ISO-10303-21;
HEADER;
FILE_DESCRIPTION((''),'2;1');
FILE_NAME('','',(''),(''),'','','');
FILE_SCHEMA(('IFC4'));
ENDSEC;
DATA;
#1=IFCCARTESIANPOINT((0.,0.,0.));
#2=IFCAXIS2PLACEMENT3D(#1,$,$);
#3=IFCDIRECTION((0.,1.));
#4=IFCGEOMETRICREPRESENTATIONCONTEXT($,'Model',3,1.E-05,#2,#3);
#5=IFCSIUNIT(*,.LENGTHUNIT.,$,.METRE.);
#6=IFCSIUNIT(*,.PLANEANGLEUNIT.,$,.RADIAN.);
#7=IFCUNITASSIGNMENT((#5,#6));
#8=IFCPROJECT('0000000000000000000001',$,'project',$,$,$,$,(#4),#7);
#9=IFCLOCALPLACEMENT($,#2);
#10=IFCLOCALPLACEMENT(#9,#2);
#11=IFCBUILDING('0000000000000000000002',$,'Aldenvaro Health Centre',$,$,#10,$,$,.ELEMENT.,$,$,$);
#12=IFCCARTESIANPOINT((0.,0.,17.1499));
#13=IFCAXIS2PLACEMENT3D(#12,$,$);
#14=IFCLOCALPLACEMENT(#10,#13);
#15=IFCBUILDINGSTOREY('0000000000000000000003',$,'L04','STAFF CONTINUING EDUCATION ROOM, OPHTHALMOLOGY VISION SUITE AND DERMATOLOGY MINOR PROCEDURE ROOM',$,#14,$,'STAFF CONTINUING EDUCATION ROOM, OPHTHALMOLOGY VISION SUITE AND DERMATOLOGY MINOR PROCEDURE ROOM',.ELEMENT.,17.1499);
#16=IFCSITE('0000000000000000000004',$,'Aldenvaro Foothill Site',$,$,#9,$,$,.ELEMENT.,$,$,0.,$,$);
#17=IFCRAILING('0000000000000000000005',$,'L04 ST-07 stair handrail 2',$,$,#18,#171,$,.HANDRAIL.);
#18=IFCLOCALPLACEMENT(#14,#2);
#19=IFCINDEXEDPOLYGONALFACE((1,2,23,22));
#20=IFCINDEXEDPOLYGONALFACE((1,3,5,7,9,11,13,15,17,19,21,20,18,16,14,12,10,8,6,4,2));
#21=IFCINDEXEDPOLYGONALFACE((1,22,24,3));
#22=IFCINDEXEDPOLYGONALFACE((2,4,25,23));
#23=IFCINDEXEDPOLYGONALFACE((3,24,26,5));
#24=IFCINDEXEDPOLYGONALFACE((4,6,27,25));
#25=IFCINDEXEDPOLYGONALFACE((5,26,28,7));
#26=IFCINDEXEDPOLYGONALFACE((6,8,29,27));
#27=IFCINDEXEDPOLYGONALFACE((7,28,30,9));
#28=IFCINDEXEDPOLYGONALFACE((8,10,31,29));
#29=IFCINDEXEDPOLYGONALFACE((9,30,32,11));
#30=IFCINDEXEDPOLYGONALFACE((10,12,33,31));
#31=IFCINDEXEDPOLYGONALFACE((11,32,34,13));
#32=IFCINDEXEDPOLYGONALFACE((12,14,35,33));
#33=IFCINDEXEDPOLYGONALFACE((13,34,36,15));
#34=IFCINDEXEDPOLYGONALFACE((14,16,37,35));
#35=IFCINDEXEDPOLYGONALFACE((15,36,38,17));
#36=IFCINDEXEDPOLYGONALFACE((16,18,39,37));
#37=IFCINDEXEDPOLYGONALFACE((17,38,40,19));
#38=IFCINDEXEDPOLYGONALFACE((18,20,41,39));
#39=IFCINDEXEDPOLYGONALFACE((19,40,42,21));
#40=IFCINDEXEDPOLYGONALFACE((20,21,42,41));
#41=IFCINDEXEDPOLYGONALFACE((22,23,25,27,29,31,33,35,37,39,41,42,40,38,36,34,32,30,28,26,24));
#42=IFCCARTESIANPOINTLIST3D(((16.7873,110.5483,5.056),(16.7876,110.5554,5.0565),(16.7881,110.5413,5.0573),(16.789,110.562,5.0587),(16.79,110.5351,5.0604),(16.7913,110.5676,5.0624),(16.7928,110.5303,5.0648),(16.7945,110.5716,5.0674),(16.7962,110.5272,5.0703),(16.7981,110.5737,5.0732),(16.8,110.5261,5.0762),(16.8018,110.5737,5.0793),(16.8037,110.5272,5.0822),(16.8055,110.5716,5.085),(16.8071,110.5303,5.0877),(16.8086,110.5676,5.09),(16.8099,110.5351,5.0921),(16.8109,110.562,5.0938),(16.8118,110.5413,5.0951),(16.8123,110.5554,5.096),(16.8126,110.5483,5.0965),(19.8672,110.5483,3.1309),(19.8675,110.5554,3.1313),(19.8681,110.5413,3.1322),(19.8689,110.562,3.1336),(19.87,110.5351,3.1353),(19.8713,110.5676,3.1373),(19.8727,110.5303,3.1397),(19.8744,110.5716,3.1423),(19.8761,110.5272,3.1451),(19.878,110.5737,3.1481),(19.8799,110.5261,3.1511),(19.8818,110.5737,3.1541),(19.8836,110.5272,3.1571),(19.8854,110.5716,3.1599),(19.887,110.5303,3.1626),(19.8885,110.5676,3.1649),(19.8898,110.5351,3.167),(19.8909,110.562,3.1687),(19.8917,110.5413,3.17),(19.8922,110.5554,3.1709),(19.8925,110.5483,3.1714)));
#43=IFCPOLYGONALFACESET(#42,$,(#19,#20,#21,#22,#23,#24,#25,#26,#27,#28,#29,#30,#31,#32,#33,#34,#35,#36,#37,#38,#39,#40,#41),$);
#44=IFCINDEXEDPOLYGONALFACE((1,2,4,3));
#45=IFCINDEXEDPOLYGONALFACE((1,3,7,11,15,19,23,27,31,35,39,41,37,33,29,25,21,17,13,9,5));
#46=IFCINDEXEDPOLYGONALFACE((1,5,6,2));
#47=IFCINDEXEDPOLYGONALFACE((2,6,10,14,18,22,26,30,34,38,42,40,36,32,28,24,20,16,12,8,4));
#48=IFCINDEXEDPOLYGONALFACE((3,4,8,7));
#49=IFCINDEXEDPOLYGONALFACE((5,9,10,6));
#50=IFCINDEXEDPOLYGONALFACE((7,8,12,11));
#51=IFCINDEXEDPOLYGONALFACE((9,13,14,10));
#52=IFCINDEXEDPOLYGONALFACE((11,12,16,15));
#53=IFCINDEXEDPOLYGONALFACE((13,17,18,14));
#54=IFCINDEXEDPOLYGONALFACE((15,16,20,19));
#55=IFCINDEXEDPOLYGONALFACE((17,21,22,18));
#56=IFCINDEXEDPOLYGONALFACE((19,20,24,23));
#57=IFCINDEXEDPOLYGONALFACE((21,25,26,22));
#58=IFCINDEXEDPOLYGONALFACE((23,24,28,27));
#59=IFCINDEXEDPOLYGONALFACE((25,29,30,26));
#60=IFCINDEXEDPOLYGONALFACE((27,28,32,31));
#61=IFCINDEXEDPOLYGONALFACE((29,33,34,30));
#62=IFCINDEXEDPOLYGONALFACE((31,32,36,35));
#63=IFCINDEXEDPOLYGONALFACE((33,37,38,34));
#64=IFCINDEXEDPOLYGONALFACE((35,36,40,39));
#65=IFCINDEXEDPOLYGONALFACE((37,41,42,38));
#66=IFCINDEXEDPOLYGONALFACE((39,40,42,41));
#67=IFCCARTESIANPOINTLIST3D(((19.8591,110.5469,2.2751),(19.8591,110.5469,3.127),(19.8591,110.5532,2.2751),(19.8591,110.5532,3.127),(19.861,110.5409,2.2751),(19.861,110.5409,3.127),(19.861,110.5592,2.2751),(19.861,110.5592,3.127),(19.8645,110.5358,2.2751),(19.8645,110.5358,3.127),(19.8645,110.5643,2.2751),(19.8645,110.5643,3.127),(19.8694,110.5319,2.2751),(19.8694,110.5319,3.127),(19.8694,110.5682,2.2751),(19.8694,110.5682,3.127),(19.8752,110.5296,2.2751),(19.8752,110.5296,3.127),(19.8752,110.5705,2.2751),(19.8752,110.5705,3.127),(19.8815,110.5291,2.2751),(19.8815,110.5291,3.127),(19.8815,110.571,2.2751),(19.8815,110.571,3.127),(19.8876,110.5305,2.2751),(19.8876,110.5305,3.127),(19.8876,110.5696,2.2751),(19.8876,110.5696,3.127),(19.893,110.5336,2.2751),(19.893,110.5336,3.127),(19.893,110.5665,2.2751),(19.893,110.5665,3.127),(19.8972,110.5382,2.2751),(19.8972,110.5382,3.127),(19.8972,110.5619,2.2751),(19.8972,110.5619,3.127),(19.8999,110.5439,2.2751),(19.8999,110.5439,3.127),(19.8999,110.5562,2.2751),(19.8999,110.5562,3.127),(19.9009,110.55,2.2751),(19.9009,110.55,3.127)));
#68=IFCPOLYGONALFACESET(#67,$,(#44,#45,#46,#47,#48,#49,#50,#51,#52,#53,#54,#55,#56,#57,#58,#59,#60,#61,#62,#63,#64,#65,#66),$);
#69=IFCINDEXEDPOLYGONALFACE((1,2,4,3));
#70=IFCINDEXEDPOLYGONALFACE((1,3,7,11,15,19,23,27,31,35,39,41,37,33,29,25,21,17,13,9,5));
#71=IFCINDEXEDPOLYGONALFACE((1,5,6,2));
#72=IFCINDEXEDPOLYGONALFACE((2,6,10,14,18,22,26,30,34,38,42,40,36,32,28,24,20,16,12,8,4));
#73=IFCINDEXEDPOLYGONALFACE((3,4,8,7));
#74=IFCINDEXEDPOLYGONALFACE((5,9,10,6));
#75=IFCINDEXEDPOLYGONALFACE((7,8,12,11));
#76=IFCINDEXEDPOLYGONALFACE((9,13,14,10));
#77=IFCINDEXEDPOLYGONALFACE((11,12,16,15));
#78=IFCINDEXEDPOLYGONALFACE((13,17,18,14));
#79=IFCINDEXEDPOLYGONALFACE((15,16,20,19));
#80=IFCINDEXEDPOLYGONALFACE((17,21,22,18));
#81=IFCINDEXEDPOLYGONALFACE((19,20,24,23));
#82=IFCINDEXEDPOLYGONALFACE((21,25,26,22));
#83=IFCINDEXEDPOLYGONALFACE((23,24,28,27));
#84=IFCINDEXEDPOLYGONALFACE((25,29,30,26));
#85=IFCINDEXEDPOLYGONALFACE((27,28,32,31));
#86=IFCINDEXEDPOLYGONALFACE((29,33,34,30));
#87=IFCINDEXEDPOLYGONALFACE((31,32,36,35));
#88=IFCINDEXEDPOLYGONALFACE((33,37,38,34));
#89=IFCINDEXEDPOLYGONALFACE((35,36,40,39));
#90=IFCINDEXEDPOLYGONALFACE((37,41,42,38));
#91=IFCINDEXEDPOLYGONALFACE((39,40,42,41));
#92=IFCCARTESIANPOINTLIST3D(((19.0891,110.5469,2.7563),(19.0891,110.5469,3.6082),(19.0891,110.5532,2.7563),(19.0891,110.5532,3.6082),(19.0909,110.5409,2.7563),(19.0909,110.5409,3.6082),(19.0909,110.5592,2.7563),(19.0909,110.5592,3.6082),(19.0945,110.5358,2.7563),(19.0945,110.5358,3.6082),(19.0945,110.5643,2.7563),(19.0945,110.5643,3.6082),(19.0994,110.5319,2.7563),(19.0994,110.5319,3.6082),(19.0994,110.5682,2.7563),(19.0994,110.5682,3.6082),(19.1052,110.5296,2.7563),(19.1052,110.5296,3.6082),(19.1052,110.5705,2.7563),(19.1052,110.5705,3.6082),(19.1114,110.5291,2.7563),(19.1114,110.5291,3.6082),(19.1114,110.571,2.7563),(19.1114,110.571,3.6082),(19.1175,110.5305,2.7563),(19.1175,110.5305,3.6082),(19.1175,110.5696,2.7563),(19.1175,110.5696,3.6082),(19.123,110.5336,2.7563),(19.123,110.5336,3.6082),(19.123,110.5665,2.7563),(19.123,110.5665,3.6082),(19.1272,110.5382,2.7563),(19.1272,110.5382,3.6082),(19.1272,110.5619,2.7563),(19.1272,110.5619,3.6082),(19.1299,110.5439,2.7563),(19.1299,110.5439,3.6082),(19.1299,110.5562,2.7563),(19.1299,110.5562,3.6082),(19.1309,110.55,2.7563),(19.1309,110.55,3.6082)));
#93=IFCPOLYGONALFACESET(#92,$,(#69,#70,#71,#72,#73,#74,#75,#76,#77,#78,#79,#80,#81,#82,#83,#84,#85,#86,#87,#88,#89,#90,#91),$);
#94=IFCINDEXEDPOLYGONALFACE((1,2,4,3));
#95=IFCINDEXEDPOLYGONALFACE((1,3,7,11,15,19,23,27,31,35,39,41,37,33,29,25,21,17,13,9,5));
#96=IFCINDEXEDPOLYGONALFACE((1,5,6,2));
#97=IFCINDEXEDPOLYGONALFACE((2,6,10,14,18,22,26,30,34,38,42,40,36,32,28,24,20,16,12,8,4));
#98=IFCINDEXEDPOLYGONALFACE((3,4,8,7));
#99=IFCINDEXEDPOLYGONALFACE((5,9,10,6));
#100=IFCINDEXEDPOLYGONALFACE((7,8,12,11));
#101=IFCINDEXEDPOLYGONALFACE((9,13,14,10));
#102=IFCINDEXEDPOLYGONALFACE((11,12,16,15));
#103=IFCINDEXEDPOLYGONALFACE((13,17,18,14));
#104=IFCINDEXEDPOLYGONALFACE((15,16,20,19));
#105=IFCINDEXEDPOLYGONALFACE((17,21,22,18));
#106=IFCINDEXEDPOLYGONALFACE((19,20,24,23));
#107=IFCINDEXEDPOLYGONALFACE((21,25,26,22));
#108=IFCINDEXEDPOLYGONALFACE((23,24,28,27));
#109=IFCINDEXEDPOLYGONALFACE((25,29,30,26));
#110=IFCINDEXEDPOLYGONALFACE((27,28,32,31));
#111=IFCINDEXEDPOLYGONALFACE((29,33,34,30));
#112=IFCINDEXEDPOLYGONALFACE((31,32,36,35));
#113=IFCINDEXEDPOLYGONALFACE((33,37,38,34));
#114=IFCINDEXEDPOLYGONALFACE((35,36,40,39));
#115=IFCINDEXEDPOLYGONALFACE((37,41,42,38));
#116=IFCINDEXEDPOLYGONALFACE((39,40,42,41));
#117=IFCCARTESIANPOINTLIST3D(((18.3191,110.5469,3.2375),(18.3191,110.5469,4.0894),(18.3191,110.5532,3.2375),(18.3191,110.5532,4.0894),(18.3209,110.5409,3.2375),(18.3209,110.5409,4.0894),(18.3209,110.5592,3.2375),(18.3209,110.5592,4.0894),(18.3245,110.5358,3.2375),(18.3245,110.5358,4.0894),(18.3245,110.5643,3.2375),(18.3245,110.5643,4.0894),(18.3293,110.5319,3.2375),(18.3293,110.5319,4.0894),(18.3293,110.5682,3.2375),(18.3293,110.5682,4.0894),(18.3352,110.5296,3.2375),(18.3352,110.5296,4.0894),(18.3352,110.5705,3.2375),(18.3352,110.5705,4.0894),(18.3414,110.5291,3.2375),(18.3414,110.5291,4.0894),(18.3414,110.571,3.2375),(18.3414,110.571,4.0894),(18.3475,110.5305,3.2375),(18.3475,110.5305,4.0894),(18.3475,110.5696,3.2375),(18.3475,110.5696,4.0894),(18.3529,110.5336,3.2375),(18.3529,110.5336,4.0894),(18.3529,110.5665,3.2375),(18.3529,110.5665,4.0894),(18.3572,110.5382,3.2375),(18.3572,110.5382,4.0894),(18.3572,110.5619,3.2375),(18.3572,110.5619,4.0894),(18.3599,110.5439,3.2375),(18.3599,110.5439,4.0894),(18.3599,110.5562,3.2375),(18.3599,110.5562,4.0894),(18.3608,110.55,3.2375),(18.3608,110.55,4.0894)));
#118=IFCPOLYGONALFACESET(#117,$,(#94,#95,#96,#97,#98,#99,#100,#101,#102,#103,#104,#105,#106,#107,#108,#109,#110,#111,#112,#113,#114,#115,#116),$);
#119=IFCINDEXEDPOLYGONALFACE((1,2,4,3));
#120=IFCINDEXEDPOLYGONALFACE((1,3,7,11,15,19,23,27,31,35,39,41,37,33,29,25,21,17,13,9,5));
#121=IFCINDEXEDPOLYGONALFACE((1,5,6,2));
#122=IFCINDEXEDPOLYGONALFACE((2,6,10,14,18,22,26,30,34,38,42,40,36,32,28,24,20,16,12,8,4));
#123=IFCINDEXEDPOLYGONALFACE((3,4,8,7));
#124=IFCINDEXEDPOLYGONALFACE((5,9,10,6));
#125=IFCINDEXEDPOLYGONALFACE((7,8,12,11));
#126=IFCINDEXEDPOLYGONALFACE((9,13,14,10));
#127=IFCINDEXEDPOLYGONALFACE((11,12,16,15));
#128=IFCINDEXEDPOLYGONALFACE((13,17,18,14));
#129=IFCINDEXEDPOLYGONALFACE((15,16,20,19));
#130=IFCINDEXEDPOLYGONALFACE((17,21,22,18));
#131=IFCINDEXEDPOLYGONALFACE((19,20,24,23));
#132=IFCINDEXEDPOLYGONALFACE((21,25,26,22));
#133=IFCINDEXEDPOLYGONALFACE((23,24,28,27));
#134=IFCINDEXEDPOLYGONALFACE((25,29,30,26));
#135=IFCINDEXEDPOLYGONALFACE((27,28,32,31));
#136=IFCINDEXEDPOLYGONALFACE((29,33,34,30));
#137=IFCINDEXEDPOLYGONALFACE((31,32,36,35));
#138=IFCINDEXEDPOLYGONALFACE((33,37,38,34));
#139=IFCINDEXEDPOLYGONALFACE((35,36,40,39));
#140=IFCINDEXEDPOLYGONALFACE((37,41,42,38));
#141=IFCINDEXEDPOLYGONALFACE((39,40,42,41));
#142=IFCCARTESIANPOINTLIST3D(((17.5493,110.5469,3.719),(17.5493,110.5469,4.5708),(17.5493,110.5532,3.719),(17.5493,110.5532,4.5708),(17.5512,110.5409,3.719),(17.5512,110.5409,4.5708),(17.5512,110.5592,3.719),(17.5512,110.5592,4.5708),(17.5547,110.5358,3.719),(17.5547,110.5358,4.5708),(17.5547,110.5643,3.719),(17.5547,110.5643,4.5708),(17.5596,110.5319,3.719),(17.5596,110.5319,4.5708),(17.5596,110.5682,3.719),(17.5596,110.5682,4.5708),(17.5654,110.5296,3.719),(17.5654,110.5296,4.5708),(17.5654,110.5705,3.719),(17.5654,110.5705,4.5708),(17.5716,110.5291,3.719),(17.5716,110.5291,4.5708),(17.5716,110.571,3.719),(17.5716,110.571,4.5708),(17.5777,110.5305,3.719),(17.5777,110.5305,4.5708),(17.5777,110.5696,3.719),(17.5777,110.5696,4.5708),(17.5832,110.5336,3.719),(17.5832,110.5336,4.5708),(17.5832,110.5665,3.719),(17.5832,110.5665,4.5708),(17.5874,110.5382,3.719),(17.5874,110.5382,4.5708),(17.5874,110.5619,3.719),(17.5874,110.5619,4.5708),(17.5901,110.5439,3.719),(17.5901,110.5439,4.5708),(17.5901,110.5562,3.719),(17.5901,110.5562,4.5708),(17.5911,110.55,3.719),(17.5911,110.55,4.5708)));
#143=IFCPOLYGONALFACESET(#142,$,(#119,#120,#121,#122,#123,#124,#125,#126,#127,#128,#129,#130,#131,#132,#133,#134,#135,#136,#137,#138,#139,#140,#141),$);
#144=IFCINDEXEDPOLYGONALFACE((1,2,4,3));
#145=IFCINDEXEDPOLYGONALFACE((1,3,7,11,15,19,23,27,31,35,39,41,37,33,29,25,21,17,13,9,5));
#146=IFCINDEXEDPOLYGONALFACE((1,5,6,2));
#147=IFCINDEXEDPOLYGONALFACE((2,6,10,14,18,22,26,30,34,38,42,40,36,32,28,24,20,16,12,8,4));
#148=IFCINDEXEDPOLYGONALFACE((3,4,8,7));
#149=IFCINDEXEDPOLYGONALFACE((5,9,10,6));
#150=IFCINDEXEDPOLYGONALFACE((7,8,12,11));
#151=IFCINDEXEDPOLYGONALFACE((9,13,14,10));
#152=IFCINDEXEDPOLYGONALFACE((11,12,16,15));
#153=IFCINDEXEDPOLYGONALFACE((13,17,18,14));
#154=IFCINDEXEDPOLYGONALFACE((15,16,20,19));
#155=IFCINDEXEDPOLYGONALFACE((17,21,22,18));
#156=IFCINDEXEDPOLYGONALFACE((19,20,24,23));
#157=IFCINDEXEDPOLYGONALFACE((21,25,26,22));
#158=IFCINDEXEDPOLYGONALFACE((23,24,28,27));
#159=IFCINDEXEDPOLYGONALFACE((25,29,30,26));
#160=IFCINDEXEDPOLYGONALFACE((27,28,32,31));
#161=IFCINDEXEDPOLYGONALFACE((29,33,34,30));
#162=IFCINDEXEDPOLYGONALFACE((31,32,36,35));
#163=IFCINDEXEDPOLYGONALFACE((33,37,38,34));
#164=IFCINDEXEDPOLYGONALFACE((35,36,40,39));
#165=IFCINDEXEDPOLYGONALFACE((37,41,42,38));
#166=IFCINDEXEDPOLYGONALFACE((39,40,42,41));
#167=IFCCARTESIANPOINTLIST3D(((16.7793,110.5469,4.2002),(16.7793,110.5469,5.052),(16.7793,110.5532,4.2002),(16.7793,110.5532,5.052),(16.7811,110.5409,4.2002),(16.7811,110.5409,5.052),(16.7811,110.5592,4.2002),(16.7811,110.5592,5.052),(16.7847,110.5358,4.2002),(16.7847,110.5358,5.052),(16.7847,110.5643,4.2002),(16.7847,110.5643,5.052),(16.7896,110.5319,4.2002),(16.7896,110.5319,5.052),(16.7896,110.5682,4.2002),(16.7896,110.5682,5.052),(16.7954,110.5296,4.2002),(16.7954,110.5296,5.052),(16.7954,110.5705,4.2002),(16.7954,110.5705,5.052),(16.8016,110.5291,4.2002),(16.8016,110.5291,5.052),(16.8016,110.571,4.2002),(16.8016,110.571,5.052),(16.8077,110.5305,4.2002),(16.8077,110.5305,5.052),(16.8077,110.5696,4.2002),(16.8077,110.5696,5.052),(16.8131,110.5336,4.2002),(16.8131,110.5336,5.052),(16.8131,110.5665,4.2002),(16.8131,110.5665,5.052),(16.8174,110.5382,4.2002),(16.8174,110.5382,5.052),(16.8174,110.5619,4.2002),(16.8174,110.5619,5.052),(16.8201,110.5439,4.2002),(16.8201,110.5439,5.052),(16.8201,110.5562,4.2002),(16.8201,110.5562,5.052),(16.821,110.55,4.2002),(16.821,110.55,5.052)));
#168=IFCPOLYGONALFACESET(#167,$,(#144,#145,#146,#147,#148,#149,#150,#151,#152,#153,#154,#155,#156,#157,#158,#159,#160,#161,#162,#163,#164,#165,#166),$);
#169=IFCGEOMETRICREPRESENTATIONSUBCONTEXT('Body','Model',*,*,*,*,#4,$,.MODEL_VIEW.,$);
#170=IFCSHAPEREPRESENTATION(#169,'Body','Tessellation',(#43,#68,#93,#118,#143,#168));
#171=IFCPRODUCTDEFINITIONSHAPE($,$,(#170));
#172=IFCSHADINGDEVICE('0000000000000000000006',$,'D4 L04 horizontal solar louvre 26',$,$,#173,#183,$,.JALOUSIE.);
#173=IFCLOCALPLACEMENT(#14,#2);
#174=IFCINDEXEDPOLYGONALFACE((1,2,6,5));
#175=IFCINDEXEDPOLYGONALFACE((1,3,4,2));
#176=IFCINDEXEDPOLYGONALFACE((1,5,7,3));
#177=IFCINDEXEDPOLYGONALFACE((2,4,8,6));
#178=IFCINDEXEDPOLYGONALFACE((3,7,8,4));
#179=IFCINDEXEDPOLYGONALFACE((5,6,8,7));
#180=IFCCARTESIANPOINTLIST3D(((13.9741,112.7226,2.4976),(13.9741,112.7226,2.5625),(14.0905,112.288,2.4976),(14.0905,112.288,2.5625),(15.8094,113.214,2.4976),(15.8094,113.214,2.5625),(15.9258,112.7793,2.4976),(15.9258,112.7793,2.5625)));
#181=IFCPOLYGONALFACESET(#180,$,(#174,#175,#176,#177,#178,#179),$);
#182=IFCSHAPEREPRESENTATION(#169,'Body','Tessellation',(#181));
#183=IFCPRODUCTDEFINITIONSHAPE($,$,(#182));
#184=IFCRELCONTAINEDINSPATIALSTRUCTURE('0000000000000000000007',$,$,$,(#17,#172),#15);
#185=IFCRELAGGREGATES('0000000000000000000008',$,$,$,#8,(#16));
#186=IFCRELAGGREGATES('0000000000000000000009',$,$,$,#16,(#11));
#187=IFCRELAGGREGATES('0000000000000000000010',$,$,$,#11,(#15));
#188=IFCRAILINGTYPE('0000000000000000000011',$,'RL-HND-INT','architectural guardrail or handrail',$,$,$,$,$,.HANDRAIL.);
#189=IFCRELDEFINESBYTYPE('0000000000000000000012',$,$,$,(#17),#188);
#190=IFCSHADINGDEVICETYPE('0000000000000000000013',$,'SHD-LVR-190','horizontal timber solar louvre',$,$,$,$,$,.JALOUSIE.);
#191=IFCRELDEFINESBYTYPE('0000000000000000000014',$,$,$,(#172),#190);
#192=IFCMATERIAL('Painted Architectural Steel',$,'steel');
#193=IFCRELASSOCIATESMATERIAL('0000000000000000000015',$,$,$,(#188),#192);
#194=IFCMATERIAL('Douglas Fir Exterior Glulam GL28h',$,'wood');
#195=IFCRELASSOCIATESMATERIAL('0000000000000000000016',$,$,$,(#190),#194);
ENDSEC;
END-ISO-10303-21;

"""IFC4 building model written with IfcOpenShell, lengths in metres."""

from ifc_helpers import new_model, si_unit, direction, frame, origin, origin_2d, place, context, subcontext, project, spatial, rectangle, circle, extrude, material, type_object, element, save


model = new_model("IFC4")

# Units and contexts
model_context = context("Model", 3, precision=1e-05, world=origin(), true_north=direction((0.0, 1.0)))
body_context = subcontext(model_context, "Body", "Model", "MODEL_VIEW")
ifc_project = project(units=[si_unit("LENGTHUNIT", "METRE"), si_unit("PLANEANGLEUNIT", "RADIAN")], contexts=[model_context])

# Site, building, storey
site_placement = place(None, origin())
site = spatial("IfcSite", under=ifc_project, at=site_placement, Name="Aldenvaro Foothill Site", CompositionType="ELEMENT", RefElevation=0.0)
building_placement = place(site_placement, origin())
building = spatial("IfcBuilding", under=site, at=building_placement, Name="Aldenvaro Health Centre", CompositionType="ELEMENT")
storey_placement = place(building_placement, frame((0.0, 0.0, 17.1499)))
storey = spatial("IfcBuildingStorey", under=building, at=storey_placement, Name="L04", Description="STAFF CONTINUING EDUCATION ROOM, OPHTHALMOLOGY VISION SUITE AND DERMATOLOGY MINOR PROCEDURE ROOM", LongName="STAFF CONTINUING EDUCATION ROOM, OPHTHALMOLOGY VISION SUITE AND DERMATOLOGY MINOR PROCEDURE ROOM", CompositionType="ELEMENT", Elevation=17.1499)

# Railing
ifc_material_1 = material(Name="Painted Architectural Steel", Category="steel")
railing_type_1 = type_object("IfcRailingType", Name="RL-HND-INT", Description="architectural guardrail or handrail", PredefinedType="HANDRAIL", material=ifc_material_1)
railing_1_placement = place(storey_placement, frame((19.8799, 110.55, 2.2751)))
element("IfcRailing", 1, at=railing_1_placement, inside=storey, type_object=railing_type_1, Name="L04 ST-07 stair handrail 2", PredefinedType="HANDRAIL", context=body_context, shape_type="SweptSolid", body=[
    extrude(circle(Radius=0.0239, at=origin_2d()), frame((0.0, 0.0, 0.876), z_axis=(-0.847979, 0.0, 0.530029), x_axis=(0.0, -1.0, 0.0)), (0.0, 0.0, 1.0), 3.6321),
    extrude(circle(Radius=0.021, at=origin_2d()), origin(), (0.0, 0.0, 1.0), 0.8518),
    extrude(circle(Radius=0.021, at=origin_2d()), frame((-0.77, 0.0, 0.4812)), (0.0, 0.0, 1.0), 0.8518),
    extrude(circle(Radius=0.021, at=origin_2d()), frame((-1.54, 0.0, 0.9624)), (0.0, 0.0, 1.0), 0.8518),
    extrude(circle(Radius=0.021, at=origin_2d()), frame((-2.3098, 0.0, 1.4438)), (0.0, 0.0, 1.0), 0.8518),
    extrude(circle(Radius=0.021, at=origin_2d()), frame((-3.0798, 0.0, 1.925)), (0.0, 0.0, 1.0), 0.8518),
])

# Shading device
ifc_material_2 = material(Name="Douglas Fir Exterior Glulam GL28h", Category="wood")
shading_device_type = type_object("IfcShadingDeviceType", Name="SHD-LVR-190", Description="horizontal timber solar louvre", PredefinedType="JALOUSIE", material=ifc_material_2)
shading_device_placement = place(storey_placement, frame((14.95, 112.751, 2.4976), z_axis=(0.0, 0.0, 1.0), x_axis=(0.965979, 0.258622, 0.0)))
element("IfcShadingDevice", 2, at=shading_device_placement, inside=storey, type_object=shading_device_type, Name="D4 L04 horizontal solar louvre 26", PredefinedType="JALOUSIE", context=body_context, shape_type="SweptSolid", body=[
    extrude(rectangle(XDim=1.8999, YDim=0.45, at=origin_2d()), origin(), (0.0, 0.0, 1.0), 0.0649),
])

save(model, "model.ifc")
